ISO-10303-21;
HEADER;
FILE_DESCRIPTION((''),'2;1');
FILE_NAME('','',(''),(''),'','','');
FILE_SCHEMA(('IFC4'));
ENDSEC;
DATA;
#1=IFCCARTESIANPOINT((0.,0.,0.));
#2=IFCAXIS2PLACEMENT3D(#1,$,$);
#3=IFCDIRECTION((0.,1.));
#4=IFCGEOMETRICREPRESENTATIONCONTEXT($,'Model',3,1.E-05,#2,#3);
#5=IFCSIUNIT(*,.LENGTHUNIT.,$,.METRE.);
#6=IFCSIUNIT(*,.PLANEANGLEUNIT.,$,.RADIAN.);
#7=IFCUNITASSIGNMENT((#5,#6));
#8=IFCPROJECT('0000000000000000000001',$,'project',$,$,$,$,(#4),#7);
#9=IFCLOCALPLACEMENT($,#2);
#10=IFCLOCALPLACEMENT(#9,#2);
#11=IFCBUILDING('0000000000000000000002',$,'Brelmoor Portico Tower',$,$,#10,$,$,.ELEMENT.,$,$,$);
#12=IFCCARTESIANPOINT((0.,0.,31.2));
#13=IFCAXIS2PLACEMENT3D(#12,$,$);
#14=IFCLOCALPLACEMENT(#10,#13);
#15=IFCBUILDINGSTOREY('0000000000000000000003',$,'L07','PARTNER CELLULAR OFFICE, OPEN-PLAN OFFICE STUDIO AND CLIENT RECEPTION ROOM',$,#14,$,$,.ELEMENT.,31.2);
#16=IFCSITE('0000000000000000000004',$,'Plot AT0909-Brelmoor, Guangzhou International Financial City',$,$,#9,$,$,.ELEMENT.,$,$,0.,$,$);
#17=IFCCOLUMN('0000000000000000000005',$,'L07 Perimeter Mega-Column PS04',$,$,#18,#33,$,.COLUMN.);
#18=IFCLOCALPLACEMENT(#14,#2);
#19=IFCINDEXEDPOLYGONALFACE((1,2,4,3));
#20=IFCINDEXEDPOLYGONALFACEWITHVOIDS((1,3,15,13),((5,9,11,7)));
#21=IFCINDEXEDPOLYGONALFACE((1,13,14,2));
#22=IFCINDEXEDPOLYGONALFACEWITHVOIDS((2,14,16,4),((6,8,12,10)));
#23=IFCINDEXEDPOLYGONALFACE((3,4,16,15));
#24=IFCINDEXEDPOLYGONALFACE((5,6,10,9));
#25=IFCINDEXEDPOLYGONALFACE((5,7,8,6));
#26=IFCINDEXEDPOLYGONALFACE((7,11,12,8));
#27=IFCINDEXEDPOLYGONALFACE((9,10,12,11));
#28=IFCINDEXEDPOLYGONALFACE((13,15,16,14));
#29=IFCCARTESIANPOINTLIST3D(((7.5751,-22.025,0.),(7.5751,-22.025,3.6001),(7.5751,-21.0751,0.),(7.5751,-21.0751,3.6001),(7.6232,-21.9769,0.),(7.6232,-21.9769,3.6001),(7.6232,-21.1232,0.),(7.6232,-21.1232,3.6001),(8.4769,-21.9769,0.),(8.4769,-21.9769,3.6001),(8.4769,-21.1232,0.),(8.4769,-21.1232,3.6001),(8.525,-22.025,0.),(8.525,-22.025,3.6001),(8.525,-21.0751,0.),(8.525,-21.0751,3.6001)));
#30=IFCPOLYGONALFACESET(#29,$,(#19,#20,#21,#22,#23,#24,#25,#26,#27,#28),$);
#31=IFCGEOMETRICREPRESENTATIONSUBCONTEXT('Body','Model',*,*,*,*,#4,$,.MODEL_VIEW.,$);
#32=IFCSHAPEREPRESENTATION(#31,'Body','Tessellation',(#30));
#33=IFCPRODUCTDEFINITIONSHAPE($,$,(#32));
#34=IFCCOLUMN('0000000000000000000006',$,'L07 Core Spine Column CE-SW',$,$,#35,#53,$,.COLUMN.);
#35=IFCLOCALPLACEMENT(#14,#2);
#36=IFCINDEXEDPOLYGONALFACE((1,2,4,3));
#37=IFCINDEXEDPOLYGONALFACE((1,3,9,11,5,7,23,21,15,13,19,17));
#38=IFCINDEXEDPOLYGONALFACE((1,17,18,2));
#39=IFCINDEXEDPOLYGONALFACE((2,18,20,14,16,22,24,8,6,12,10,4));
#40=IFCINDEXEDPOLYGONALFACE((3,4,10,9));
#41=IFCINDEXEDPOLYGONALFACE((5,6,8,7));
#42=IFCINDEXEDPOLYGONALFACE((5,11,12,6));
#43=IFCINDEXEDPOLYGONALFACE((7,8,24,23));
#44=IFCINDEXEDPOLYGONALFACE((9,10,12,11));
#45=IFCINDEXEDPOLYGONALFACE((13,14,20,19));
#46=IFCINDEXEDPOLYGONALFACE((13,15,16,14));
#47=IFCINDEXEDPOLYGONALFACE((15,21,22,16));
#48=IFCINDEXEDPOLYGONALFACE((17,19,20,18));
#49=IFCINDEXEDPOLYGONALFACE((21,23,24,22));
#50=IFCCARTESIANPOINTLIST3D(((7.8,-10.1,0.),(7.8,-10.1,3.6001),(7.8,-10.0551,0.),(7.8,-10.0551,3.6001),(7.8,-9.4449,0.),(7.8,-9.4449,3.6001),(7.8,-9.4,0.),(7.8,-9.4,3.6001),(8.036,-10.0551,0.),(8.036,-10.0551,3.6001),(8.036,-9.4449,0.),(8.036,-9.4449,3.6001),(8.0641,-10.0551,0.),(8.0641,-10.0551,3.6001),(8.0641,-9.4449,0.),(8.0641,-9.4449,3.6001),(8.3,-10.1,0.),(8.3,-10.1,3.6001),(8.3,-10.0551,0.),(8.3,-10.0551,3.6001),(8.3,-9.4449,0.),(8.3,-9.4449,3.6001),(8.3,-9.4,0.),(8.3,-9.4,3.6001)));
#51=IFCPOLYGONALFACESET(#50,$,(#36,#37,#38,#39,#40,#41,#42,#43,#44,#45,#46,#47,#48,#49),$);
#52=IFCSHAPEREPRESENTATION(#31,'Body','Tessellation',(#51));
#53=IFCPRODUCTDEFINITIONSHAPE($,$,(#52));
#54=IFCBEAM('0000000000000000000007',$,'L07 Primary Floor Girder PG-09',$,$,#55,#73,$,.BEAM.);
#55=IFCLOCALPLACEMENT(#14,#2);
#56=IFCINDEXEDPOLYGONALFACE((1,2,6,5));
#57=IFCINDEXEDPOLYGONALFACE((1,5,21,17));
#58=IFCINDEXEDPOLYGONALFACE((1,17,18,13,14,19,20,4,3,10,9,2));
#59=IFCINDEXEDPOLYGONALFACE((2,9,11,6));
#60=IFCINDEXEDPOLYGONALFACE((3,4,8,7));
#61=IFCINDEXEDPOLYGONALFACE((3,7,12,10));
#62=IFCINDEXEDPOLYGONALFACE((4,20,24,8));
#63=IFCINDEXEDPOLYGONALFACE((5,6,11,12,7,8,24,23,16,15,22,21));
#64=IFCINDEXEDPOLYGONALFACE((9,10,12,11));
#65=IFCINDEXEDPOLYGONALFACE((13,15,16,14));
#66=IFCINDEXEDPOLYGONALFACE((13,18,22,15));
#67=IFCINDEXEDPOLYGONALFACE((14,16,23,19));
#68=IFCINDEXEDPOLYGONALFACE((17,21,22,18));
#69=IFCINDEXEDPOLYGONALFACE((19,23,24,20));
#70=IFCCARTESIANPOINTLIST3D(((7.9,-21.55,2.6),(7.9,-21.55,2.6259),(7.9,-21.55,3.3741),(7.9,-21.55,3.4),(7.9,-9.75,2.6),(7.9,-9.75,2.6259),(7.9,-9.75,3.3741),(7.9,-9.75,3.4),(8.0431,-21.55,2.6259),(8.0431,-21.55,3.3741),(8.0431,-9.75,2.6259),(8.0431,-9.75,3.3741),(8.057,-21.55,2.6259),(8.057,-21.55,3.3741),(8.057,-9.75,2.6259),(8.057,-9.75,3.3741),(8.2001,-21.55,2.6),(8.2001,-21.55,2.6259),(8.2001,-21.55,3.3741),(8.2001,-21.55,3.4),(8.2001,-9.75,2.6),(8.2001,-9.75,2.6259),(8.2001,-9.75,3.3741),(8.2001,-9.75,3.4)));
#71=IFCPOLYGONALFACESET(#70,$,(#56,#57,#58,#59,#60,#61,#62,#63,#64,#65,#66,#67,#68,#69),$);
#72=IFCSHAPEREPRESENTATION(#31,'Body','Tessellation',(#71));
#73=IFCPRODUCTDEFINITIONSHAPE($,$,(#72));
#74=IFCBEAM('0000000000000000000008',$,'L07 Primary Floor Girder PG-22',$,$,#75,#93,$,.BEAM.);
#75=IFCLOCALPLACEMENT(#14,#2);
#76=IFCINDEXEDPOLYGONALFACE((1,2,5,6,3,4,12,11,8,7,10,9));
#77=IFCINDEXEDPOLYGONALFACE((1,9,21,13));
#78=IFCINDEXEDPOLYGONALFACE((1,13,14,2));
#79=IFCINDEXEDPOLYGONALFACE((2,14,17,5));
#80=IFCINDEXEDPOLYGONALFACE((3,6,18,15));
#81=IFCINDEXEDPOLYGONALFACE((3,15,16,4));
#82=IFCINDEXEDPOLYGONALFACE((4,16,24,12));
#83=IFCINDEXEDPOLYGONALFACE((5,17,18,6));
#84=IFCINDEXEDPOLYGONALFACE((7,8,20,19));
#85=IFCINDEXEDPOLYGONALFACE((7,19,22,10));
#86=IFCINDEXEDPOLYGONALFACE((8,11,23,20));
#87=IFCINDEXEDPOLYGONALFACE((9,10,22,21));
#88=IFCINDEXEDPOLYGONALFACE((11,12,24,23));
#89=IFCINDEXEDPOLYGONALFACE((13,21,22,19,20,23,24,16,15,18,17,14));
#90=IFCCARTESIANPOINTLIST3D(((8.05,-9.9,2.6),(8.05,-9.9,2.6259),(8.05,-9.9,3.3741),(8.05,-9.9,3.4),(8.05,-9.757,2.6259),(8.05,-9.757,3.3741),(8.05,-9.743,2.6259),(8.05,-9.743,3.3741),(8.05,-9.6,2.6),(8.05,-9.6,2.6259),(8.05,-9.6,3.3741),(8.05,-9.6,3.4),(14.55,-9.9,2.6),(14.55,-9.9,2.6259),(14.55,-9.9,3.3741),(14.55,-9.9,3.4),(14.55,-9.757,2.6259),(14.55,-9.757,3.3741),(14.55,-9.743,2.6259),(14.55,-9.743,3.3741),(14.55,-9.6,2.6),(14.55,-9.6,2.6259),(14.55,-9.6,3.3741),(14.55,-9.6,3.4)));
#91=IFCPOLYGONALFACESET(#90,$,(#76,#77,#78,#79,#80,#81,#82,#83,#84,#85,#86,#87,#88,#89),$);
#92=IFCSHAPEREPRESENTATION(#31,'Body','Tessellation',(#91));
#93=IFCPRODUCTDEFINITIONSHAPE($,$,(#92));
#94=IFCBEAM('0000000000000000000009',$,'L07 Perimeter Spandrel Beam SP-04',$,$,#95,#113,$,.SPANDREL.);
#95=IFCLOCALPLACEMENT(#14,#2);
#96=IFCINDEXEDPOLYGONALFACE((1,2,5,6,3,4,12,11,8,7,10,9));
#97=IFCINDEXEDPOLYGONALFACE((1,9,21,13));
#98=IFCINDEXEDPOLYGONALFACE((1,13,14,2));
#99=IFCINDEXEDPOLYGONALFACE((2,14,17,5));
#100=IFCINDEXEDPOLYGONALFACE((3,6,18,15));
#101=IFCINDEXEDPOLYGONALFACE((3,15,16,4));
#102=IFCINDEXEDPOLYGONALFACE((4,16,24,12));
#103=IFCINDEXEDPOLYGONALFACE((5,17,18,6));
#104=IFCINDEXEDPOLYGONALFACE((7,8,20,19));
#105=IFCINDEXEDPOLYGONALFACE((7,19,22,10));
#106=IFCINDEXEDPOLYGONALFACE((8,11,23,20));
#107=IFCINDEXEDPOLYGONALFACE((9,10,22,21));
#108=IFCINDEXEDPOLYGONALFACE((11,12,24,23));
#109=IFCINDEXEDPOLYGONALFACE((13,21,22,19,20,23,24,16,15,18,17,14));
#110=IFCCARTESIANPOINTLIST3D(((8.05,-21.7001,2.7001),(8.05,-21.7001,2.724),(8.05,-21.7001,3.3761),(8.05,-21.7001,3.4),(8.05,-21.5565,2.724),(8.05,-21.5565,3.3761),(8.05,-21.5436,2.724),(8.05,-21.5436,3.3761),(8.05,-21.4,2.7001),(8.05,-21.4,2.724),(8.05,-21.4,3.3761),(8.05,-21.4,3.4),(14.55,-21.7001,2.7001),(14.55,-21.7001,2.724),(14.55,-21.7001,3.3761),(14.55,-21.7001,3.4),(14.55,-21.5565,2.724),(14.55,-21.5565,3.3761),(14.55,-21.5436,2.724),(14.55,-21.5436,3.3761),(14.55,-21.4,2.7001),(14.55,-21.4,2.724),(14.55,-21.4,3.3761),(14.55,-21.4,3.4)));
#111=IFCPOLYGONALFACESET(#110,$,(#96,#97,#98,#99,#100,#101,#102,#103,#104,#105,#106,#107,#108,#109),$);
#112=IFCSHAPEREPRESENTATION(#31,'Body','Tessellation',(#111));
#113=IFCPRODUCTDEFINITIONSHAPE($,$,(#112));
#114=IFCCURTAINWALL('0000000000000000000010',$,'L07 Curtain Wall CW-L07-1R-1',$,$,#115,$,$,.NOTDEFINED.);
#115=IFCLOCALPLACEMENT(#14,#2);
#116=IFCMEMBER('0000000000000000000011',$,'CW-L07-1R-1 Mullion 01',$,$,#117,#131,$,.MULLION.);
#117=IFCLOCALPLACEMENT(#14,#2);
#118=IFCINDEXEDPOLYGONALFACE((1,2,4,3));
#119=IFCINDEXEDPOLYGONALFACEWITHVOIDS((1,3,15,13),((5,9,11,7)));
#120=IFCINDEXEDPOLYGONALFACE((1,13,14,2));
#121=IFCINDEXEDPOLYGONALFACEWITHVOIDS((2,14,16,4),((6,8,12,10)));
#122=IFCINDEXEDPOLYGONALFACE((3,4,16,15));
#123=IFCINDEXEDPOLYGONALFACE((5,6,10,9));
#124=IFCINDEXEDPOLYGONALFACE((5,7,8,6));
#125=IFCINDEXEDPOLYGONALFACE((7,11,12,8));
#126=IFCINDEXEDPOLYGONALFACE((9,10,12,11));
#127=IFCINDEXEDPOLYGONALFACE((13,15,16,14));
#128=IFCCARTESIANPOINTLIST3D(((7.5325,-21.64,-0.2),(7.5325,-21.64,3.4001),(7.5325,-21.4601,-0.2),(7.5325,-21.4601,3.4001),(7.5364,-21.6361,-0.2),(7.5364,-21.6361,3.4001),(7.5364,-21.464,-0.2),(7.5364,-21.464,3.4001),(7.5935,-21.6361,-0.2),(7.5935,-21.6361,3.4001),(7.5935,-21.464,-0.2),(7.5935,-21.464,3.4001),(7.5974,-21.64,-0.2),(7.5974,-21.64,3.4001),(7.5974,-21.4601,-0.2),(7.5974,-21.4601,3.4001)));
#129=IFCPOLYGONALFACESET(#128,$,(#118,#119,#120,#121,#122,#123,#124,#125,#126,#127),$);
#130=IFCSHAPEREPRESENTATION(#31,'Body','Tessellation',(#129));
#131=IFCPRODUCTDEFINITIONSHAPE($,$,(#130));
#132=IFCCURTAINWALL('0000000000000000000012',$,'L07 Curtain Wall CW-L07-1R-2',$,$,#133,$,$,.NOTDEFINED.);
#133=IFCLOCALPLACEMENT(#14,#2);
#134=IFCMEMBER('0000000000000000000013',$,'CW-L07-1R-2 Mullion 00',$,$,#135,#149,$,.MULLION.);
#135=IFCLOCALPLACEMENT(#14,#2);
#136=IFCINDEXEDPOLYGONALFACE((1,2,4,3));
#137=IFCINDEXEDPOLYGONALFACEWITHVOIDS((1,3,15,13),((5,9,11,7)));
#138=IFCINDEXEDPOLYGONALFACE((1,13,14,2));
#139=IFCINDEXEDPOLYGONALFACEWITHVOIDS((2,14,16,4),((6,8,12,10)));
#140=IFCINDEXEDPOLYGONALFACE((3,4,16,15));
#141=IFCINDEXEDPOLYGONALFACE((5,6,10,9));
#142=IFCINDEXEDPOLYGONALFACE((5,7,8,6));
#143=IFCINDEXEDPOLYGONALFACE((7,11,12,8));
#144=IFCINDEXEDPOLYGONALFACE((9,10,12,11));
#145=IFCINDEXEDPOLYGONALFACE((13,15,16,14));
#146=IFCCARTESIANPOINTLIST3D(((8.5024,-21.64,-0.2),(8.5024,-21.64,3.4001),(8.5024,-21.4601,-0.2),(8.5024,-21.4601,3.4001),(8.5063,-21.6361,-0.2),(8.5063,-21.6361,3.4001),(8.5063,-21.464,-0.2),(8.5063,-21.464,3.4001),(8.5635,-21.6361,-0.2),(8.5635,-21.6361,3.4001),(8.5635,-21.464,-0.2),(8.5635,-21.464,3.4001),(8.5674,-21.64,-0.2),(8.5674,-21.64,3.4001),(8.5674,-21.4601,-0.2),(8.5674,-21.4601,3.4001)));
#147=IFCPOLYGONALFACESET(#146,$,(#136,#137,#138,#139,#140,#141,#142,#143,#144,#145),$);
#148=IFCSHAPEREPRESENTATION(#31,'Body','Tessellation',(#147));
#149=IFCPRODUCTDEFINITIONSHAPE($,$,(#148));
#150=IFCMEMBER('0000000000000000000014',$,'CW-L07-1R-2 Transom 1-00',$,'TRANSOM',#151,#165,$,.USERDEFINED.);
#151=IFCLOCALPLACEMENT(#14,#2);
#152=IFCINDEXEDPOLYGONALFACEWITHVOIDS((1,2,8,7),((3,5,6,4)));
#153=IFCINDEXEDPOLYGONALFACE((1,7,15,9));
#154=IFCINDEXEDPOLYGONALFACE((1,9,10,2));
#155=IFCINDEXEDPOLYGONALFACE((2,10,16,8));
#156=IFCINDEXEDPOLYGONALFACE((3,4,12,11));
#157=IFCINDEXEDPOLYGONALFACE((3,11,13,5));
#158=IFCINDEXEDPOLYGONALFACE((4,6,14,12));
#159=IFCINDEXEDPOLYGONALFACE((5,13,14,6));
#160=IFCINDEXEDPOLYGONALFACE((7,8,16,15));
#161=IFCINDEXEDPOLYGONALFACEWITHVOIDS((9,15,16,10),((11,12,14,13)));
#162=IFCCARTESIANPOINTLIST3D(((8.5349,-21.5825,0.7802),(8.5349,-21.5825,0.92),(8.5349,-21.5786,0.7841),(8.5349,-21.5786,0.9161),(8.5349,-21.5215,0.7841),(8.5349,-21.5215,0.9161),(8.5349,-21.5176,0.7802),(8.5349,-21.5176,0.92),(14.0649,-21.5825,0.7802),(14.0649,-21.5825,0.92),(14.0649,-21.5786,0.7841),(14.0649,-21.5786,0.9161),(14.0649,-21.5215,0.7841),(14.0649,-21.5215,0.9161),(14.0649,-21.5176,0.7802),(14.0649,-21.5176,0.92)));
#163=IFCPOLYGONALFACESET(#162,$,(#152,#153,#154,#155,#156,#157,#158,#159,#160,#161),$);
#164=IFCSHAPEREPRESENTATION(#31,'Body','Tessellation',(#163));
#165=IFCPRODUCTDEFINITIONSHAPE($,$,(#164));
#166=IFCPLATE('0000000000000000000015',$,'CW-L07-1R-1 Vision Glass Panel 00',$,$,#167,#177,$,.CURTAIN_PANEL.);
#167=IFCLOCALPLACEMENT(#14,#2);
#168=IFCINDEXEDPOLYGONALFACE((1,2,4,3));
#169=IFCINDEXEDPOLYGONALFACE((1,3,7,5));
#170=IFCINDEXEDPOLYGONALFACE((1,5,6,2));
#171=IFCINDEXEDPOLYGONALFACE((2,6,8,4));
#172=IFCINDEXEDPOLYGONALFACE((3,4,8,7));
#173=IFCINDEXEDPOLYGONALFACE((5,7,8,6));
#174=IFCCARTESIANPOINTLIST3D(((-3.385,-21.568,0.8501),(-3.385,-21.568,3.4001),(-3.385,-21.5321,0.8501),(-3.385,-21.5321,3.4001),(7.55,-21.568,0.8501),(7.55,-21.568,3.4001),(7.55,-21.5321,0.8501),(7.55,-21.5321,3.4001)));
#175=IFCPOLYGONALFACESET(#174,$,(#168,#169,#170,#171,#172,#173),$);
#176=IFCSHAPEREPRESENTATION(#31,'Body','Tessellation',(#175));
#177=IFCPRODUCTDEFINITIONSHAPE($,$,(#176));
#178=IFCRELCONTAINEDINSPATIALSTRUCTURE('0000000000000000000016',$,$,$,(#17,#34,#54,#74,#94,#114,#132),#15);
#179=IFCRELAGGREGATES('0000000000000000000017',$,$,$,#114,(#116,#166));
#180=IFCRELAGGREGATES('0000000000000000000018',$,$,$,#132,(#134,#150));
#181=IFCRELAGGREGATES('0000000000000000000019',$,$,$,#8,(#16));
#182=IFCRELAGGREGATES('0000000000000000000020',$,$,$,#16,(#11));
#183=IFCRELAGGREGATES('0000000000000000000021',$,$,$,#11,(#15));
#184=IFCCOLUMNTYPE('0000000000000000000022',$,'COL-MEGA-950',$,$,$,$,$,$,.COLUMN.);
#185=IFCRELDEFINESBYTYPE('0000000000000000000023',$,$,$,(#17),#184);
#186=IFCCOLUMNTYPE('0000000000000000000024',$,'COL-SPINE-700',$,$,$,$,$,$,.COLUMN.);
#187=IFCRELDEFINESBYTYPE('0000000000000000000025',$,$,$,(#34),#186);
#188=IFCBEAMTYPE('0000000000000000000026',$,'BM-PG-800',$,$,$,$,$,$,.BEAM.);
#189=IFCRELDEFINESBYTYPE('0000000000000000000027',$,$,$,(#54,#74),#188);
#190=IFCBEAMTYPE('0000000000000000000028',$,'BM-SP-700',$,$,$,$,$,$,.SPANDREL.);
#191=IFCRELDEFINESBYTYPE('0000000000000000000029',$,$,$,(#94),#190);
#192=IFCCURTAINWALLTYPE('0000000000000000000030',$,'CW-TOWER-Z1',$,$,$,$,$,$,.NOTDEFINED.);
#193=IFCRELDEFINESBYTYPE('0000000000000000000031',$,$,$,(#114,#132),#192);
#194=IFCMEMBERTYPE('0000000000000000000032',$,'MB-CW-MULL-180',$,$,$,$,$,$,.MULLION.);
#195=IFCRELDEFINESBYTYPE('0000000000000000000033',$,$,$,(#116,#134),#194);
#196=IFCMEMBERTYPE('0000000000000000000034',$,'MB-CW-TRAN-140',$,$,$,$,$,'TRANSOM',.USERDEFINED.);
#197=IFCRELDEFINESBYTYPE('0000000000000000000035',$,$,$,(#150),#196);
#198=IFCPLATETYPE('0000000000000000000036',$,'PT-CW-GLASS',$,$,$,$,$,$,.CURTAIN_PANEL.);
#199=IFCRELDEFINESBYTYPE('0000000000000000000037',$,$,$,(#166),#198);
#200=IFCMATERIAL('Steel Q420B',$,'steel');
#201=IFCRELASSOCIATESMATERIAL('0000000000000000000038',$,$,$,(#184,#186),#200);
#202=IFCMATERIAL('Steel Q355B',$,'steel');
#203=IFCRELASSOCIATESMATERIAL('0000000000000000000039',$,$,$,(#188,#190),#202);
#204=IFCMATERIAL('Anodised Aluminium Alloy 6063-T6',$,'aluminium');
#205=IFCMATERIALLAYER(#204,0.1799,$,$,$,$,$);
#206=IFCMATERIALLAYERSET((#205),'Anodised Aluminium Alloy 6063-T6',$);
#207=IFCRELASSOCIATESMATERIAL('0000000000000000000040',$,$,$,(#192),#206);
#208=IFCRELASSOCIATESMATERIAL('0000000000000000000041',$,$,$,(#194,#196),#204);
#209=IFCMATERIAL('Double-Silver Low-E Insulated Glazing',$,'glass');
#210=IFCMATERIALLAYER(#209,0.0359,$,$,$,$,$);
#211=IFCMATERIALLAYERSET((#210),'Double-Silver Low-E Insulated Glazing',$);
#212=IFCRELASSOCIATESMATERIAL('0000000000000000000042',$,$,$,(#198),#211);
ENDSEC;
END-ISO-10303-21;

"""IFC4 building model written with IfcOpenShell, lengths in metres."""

from ifc_helpers import new_model, si_unit, direction, frame, origin, origin_2d, place, context, subcontext, project, spatial, rectangle, hollow_rectangle, i_section, extrude, material, layer, layer_set, material_profile, profile_set, type_object, element, aggregate, save


model = new_model("IFC4")

# Units and contexts
model_context = context("Model", 3, precision=1e-05, world=origin(), true_north=direction((0.0, 1.0)))
body_context = subcontext(model_context, "Body", "Model", "MODEL_VIEW")
ifc_project = project(units=[si_unit("LENGTHUNIT", "METRE"), si_unit("PLANEANGLEUNIT", "RADIAN")], contexts=[model_context])

# Site, building, storey
site_placement = place(None, origin())
site = spatial("IfcSite", under=ifc_project, at=site_placement, Name="Plot AT0909-Brelmoor, Guangzhou International Financial City", CompositionType="ELEMENT", RefElevation=0.0)
building_placement = place(site_placement, origin())
building = spatial("IfcBuilding", under=site, at=building_placement, Name="Brelmoor Portico Tower", CompositionType="ELEMENT")
storey_placement = place(building_placement, frame((0.0, 0.0, 31.2)))
storey = spatial("IfcBuildingStorey", under=building, at=storey_placement, Name="L07", Description="PARTNER CELLULAR OFFICE, OPEN-PLAN OFFICE STUDIO AND CLIENT RECEPTION ROOM", CompositionType="ELEMENT", Elevation=31.2)

# Columns
ifc_material_1 = material(Name="Steel Q420B", Category="steel")
ifc_material_profile_1 = material_profile(ifc_material_1, hollow_rectangle(XDim=0.95, YDim=0.95, WallThickness=0.0481, at=origin_2d()), Name="BOX 950x950x48")
ifc_profile_set_1 = profile_set([ifc_material_profile_1], Name="Steel Q420B")
column_type_1 = type_object("IfcColumnType", Name="COL-MEGA-950", PredefinedType="COLUMN", material=ifc_profile_set_1)
column_1_placement = place(storey_placement, frame((8.05, -21.55, 0.0), z_axis=(0.0, 0.0, 1.0), x_axis=(1.0, 0.0, 0.0)))
element("IfcColumn", 1, at=column_1_placement, inside=storey, type_object=column_type_1, Name="L07 Perimeter Mega-Column PS04", PredefinedType="COLUMN", context=body_context, shape_type="SweptSolid", body=[
    extrude(hollow_rectangle(XDim=0.95, YDim=0.95, WallThickness=0.0481, at=origin_2d()), origin(), (0.0, 0.0, 1.0), 3.6001),
])
ifc_material_profile_2 = material_profile(ifc_material_1, i_section(OverallWidth=0.5, OverallDepth=0.7, WebThickness=0.0281, FlangeThickness=0.0449, at=origin_2d()), Name="HW 700x500x28x45")
ifc_profile_set_2 = profile_set([ifc_material_profile_2], Name="Steel Q420B")
column_type_2 = type_object("IfcColumnType", Name="COL-SPINE-700", PredefinedType="COLUMN", material=ifc_profile_set_2)
column_2_placement = place(storey_placement, frame((8.05, -9.75, 0.0), z_axis=(0.0, 0.0, 1.0), x_axis=(1.0, 0.0, 0.0)))
element("IfcColumn", 2, at=column_2_placement, inside=storey, type_object=column_type_2, Name="L07 Core Spine Column CE-SW", PredefinedType="COLUMN", context=body_context, shape_type="SweptSolid", body=[
    extrude(i_section(OverallWidth=0.5, OverallDepth=0.7, WebThickness=0.0281, FlangeThickness=0.0449, at=origin_2d()), origin(), (0.0, 0.0, 1.0), 3.6001),
])

# Beams
ifc_material_2 = material(Name="Steel Q355B", Category="steel")
ifc_material_profile_3 = material_profile(ifc_material_2, i_section(OverallWidth=0.3, OverallDepth=0.8, WebThickness=0.0139, FlangeThickness=0.0259, at=origin_2d()), Name="HN 800x300x14x26")
ifc_profile_set_3 = profile_set([ifc_material_profile_3], Name="Steel Q355B")
beam_type_1 = type_object("IfcBeamType", Name="BM-PG-800", PredefinedType="BEAM", material=ifc_profile_set_3)
beam_1_placement = place(storey_placement, frame((8.05, -21.55, 3.0), z_axis=(0.0, 1.0, 0.0), x_axis=(-1.0, 0.0, 0.0)))
element("IfcBeam", 3, at=beam_1_placement, inside=storey, type_object=beam_type_1, Name="L07 Primary Floor Girder PG-09", PredefinedType="BEAM", context=body_context, shape_type="SweptSolid", body=[
    extrude(i_section(OverallWidth=0.3, OverallDepth=0.8, WebThickness=0.0139, FlangeThickness=0.0259, at=origin_2d()), origin(), (0.0, 0.0, 1.0), 11.8),
])
beam_2_placement = place(storey_placement, frame((8.05, -9.75, 3.0), z_axis=(1.0, 0.0, 0.0), x_axis=(0.0, 1.0, 0.0)))
element("IfcBeam", 4, at=beam_2_placement, inside=storey, type_object=beam_type_1, Name="L07 Primary Floor Girder PG-22", PredefinedType="BEAM", context=body_context, shape_type="SweptSolid", body=[
    extrude(i_section(OverallWidth=0.3, OverallDepth=0.8, WebThickness=0.0139, FlangeThickness=0.0259, at=origin_2d()), origin(), (0.0, 0.0, 1.0), 6.5),
])
ifc_material_profile_4 = material_profile(ifc_material_2, i_section(OverallWidth=0.3, OverallDepth=0.7, WebThickness=0.0129, FlangeThickness=0.0239, at=origin_2d()), Name="HN 700x300x13x24")
ifc_profile_set_4 = profile_set([ifc_material_profile_4], Name="Steel Q355B")
beam_type_2 = type_object("IfcBeamType", Name="BM-SP-700", PredefinedType="SPANDREL", material=ifc_profile_set_4)
beam_3_placement = place(storey_placement, frame((8.05, -21.55, 3.05), z_axis=(1.0, 0.0, 0.0), x_axis=(0.0, 1.0, 0.0)))
element("IfcBeam", 5, at=beam_3_placement, inside=storey, type_object=beam_type_2, Name="L07 Perimeter Spandrel Beam SP-04", PredefinedType="SPANDREL", context=body_context, shape_type="SweptSolid", body=[
    extrude(i_section(OverallWidth=0.3, OverallDepth=0.7, WebThickness=0.0129, FlangeThickness=0.0239, at=origin_2d()), origin(), (0.0, 0.0, 1.0), 6.5),
])

# Curtain wall, member
ifc_material_3 = material(Name="Anodised Aluminium Alloy 6063-T6", Category="aluminium")
ifc_layer_1 = layer(ifc_material_3, 0.1799)
ifc_layer_set_1 = layer_set([ifc_layer_1], Name="Anodised Aluminium Alloy 6063-T6")
curtain_wall_type = type_object("IfcCurtainWallType", Name="CW-TOWER-Z1", PredefinedType="NOTDEFINED", material=ifc_layer_set_1)
curtain_wall_1_placement = place(storey_placement, origin())
curtain_wall_1 = element("IfcCurtainWall", 6, at=curtain_wall_1_placement, inside=storey, type_object=curtain_wall_type, Name="L07 Curtain Wall CW-L07-1R-1", PredefinedType="NOTDEFINED")
ifc_material_profile_5 = material_profile(ifc_material_3, hollow_rectangle(XDim=0.0649, YDim=0.1799, WallThickness=0.0039, at=origin_2d()), Name="ALU MULLION 65x180")
ifc_profile_set_5 = profile_set([ifc_material_profile_5], Name="Anodised Aluminium Alloy 6063-T6")
member_type_1 = type_object("IfcMemberType", Name="MB-CW-MULL-180", PredefinedType="MULLION", material=ifc_profile_set_5)
member_1_placement = place(storey_placement, frame((7.5649, -21.55, -0.2), z_axis=(0.0, 0.0, 1.0), x_axis=(1.0, 0.0, 0.0)))
member_1 = element("IfcMember", 7, at=member_1_placement, type_object=member_type_1, Name="CW-L07-1R-1 Mullion 01", PredefinedType="MULLION", context=body_context, shape_type="SweptSolid", body=[
    extrude(hollow_rectangle(XDim=0.0649, YDim=0.1799, WallThickness=0.0039, at=origin_2d()), origin(), (0.0, 0.0, 1.0), 3.6001),
])

# Curtain wall, members
curtain_wall_2_placement = place(storey_placement, origin())
curtain_wall_2 = element("IfcCurtainWall", 8, at=curtain_wall_2_placement, inside=storey, type_object=curtain_wall_type, Name="L07 Curtain Wall CW-L07-1R-2", PredefinedType="NOTDEFINED")
member_2_placement = place(storey_placement, frame((8.5349, -21.55, -0.2), z_axis=(0.0, 0.0, 1.0), x_axis=(1.0, 0.0, 0.0)))
member_2 = element("IfcMember", 9, at=member_2_placement, type_object=member_type_1, Name="CW-L07-1R-2 Mullion 00", PredefinedType="MULLION", context=body_context, shape_type="SweptSolid", body=[
    extrude(hollow_rectangle(XDim=0.0649, YDim=0.1799, WallThickness=0.0039, at=origin_2d()), origin(), (0.0, 0.0, 1.0), 3.6001),
])
ifc_material_profile_6 = material_profile(ifc_material_3, hollow_rectangle(XDim=0.0649, YDim=0.1399, WallThickness=0.0039, at=origin_2d()), Name="ALU TRANSOM 65x140")
ifc_profile_set_6 = profile_set([ifc_material_profile_6], Name="Anodised Aluminium Alloy 6063-T6")
member_type_2 = type_object("IfcMemberType", Name="MB-CW-TRAN-140", ElementType="TRANSOM", PredefinedType="USERDEFINED", material=ifc_profile_set_6)
member_3_placement = place(storey_placement, frame((8.5349, -21.55, 0.8501), z_axis=(1.0, 0.0, 0.0), x_axis=(0.0, 1.0, 0.0)))
member_3 = element("IfcMember", 10, at=member_3_placement, type_object=member_type_2, Name="CW-L07-1R-2 Transom 1-00", ObjectType="TRANSOM", PredefinedType="USERDEFINED", context=body_context, shape_type="SweptSolid", body=[
    extrude(hollow_rectangle(XDim=0.0649, YDim=0.1399, WallThickness=0.0039, at=origin_2d()), origin(), (0.0, 0.0, 1.0), 5.53),
])

# Plate
ifc_material_4 = material(Name="Double-Silver Low-E Insulated Glazing", Category="glass")
ifc_layer_2 = layer(ifc_material_4, 0.0359)
ifc_layer_set_2 = layer_set([ifc_layer_2], Name="Double-Silver Low-E Insulated Glazing")
plate_type_1 = type_object("IfcPlateType", Name="PT-CW-GLASS", PredefinedType="CURTAIN_PANEL", material=ifc_layer_set_2)
plate_1_placement = place(storey_placement, frame((2.0825, -21.55, 0.8501), z_axis=(0.0, 0.0, 1.0), x_axis=(1.0, 0.0, 0.0)))
plate_1 = element("IfcPlate", 11, at=plate_1_placement, type_object=plate_type_1, Name="CW-L07-1R-1 Vision Glass Panel 00", PredefinedType="CURTAIN_PANEL", context=body_context, shape_type="SweptSolid", body=[
    extrude(rectangle(XDim=10.9351, YDim=0.0359, at=origin_2d()), origin(), (0.0, 0.0, 1.0), 2.55),
])
aggregate(curtain_wall_1, [member_1, plate_1])
aggregate(curtain_wall_2, [member_2, member_3])

save(model, "model.ifc")
